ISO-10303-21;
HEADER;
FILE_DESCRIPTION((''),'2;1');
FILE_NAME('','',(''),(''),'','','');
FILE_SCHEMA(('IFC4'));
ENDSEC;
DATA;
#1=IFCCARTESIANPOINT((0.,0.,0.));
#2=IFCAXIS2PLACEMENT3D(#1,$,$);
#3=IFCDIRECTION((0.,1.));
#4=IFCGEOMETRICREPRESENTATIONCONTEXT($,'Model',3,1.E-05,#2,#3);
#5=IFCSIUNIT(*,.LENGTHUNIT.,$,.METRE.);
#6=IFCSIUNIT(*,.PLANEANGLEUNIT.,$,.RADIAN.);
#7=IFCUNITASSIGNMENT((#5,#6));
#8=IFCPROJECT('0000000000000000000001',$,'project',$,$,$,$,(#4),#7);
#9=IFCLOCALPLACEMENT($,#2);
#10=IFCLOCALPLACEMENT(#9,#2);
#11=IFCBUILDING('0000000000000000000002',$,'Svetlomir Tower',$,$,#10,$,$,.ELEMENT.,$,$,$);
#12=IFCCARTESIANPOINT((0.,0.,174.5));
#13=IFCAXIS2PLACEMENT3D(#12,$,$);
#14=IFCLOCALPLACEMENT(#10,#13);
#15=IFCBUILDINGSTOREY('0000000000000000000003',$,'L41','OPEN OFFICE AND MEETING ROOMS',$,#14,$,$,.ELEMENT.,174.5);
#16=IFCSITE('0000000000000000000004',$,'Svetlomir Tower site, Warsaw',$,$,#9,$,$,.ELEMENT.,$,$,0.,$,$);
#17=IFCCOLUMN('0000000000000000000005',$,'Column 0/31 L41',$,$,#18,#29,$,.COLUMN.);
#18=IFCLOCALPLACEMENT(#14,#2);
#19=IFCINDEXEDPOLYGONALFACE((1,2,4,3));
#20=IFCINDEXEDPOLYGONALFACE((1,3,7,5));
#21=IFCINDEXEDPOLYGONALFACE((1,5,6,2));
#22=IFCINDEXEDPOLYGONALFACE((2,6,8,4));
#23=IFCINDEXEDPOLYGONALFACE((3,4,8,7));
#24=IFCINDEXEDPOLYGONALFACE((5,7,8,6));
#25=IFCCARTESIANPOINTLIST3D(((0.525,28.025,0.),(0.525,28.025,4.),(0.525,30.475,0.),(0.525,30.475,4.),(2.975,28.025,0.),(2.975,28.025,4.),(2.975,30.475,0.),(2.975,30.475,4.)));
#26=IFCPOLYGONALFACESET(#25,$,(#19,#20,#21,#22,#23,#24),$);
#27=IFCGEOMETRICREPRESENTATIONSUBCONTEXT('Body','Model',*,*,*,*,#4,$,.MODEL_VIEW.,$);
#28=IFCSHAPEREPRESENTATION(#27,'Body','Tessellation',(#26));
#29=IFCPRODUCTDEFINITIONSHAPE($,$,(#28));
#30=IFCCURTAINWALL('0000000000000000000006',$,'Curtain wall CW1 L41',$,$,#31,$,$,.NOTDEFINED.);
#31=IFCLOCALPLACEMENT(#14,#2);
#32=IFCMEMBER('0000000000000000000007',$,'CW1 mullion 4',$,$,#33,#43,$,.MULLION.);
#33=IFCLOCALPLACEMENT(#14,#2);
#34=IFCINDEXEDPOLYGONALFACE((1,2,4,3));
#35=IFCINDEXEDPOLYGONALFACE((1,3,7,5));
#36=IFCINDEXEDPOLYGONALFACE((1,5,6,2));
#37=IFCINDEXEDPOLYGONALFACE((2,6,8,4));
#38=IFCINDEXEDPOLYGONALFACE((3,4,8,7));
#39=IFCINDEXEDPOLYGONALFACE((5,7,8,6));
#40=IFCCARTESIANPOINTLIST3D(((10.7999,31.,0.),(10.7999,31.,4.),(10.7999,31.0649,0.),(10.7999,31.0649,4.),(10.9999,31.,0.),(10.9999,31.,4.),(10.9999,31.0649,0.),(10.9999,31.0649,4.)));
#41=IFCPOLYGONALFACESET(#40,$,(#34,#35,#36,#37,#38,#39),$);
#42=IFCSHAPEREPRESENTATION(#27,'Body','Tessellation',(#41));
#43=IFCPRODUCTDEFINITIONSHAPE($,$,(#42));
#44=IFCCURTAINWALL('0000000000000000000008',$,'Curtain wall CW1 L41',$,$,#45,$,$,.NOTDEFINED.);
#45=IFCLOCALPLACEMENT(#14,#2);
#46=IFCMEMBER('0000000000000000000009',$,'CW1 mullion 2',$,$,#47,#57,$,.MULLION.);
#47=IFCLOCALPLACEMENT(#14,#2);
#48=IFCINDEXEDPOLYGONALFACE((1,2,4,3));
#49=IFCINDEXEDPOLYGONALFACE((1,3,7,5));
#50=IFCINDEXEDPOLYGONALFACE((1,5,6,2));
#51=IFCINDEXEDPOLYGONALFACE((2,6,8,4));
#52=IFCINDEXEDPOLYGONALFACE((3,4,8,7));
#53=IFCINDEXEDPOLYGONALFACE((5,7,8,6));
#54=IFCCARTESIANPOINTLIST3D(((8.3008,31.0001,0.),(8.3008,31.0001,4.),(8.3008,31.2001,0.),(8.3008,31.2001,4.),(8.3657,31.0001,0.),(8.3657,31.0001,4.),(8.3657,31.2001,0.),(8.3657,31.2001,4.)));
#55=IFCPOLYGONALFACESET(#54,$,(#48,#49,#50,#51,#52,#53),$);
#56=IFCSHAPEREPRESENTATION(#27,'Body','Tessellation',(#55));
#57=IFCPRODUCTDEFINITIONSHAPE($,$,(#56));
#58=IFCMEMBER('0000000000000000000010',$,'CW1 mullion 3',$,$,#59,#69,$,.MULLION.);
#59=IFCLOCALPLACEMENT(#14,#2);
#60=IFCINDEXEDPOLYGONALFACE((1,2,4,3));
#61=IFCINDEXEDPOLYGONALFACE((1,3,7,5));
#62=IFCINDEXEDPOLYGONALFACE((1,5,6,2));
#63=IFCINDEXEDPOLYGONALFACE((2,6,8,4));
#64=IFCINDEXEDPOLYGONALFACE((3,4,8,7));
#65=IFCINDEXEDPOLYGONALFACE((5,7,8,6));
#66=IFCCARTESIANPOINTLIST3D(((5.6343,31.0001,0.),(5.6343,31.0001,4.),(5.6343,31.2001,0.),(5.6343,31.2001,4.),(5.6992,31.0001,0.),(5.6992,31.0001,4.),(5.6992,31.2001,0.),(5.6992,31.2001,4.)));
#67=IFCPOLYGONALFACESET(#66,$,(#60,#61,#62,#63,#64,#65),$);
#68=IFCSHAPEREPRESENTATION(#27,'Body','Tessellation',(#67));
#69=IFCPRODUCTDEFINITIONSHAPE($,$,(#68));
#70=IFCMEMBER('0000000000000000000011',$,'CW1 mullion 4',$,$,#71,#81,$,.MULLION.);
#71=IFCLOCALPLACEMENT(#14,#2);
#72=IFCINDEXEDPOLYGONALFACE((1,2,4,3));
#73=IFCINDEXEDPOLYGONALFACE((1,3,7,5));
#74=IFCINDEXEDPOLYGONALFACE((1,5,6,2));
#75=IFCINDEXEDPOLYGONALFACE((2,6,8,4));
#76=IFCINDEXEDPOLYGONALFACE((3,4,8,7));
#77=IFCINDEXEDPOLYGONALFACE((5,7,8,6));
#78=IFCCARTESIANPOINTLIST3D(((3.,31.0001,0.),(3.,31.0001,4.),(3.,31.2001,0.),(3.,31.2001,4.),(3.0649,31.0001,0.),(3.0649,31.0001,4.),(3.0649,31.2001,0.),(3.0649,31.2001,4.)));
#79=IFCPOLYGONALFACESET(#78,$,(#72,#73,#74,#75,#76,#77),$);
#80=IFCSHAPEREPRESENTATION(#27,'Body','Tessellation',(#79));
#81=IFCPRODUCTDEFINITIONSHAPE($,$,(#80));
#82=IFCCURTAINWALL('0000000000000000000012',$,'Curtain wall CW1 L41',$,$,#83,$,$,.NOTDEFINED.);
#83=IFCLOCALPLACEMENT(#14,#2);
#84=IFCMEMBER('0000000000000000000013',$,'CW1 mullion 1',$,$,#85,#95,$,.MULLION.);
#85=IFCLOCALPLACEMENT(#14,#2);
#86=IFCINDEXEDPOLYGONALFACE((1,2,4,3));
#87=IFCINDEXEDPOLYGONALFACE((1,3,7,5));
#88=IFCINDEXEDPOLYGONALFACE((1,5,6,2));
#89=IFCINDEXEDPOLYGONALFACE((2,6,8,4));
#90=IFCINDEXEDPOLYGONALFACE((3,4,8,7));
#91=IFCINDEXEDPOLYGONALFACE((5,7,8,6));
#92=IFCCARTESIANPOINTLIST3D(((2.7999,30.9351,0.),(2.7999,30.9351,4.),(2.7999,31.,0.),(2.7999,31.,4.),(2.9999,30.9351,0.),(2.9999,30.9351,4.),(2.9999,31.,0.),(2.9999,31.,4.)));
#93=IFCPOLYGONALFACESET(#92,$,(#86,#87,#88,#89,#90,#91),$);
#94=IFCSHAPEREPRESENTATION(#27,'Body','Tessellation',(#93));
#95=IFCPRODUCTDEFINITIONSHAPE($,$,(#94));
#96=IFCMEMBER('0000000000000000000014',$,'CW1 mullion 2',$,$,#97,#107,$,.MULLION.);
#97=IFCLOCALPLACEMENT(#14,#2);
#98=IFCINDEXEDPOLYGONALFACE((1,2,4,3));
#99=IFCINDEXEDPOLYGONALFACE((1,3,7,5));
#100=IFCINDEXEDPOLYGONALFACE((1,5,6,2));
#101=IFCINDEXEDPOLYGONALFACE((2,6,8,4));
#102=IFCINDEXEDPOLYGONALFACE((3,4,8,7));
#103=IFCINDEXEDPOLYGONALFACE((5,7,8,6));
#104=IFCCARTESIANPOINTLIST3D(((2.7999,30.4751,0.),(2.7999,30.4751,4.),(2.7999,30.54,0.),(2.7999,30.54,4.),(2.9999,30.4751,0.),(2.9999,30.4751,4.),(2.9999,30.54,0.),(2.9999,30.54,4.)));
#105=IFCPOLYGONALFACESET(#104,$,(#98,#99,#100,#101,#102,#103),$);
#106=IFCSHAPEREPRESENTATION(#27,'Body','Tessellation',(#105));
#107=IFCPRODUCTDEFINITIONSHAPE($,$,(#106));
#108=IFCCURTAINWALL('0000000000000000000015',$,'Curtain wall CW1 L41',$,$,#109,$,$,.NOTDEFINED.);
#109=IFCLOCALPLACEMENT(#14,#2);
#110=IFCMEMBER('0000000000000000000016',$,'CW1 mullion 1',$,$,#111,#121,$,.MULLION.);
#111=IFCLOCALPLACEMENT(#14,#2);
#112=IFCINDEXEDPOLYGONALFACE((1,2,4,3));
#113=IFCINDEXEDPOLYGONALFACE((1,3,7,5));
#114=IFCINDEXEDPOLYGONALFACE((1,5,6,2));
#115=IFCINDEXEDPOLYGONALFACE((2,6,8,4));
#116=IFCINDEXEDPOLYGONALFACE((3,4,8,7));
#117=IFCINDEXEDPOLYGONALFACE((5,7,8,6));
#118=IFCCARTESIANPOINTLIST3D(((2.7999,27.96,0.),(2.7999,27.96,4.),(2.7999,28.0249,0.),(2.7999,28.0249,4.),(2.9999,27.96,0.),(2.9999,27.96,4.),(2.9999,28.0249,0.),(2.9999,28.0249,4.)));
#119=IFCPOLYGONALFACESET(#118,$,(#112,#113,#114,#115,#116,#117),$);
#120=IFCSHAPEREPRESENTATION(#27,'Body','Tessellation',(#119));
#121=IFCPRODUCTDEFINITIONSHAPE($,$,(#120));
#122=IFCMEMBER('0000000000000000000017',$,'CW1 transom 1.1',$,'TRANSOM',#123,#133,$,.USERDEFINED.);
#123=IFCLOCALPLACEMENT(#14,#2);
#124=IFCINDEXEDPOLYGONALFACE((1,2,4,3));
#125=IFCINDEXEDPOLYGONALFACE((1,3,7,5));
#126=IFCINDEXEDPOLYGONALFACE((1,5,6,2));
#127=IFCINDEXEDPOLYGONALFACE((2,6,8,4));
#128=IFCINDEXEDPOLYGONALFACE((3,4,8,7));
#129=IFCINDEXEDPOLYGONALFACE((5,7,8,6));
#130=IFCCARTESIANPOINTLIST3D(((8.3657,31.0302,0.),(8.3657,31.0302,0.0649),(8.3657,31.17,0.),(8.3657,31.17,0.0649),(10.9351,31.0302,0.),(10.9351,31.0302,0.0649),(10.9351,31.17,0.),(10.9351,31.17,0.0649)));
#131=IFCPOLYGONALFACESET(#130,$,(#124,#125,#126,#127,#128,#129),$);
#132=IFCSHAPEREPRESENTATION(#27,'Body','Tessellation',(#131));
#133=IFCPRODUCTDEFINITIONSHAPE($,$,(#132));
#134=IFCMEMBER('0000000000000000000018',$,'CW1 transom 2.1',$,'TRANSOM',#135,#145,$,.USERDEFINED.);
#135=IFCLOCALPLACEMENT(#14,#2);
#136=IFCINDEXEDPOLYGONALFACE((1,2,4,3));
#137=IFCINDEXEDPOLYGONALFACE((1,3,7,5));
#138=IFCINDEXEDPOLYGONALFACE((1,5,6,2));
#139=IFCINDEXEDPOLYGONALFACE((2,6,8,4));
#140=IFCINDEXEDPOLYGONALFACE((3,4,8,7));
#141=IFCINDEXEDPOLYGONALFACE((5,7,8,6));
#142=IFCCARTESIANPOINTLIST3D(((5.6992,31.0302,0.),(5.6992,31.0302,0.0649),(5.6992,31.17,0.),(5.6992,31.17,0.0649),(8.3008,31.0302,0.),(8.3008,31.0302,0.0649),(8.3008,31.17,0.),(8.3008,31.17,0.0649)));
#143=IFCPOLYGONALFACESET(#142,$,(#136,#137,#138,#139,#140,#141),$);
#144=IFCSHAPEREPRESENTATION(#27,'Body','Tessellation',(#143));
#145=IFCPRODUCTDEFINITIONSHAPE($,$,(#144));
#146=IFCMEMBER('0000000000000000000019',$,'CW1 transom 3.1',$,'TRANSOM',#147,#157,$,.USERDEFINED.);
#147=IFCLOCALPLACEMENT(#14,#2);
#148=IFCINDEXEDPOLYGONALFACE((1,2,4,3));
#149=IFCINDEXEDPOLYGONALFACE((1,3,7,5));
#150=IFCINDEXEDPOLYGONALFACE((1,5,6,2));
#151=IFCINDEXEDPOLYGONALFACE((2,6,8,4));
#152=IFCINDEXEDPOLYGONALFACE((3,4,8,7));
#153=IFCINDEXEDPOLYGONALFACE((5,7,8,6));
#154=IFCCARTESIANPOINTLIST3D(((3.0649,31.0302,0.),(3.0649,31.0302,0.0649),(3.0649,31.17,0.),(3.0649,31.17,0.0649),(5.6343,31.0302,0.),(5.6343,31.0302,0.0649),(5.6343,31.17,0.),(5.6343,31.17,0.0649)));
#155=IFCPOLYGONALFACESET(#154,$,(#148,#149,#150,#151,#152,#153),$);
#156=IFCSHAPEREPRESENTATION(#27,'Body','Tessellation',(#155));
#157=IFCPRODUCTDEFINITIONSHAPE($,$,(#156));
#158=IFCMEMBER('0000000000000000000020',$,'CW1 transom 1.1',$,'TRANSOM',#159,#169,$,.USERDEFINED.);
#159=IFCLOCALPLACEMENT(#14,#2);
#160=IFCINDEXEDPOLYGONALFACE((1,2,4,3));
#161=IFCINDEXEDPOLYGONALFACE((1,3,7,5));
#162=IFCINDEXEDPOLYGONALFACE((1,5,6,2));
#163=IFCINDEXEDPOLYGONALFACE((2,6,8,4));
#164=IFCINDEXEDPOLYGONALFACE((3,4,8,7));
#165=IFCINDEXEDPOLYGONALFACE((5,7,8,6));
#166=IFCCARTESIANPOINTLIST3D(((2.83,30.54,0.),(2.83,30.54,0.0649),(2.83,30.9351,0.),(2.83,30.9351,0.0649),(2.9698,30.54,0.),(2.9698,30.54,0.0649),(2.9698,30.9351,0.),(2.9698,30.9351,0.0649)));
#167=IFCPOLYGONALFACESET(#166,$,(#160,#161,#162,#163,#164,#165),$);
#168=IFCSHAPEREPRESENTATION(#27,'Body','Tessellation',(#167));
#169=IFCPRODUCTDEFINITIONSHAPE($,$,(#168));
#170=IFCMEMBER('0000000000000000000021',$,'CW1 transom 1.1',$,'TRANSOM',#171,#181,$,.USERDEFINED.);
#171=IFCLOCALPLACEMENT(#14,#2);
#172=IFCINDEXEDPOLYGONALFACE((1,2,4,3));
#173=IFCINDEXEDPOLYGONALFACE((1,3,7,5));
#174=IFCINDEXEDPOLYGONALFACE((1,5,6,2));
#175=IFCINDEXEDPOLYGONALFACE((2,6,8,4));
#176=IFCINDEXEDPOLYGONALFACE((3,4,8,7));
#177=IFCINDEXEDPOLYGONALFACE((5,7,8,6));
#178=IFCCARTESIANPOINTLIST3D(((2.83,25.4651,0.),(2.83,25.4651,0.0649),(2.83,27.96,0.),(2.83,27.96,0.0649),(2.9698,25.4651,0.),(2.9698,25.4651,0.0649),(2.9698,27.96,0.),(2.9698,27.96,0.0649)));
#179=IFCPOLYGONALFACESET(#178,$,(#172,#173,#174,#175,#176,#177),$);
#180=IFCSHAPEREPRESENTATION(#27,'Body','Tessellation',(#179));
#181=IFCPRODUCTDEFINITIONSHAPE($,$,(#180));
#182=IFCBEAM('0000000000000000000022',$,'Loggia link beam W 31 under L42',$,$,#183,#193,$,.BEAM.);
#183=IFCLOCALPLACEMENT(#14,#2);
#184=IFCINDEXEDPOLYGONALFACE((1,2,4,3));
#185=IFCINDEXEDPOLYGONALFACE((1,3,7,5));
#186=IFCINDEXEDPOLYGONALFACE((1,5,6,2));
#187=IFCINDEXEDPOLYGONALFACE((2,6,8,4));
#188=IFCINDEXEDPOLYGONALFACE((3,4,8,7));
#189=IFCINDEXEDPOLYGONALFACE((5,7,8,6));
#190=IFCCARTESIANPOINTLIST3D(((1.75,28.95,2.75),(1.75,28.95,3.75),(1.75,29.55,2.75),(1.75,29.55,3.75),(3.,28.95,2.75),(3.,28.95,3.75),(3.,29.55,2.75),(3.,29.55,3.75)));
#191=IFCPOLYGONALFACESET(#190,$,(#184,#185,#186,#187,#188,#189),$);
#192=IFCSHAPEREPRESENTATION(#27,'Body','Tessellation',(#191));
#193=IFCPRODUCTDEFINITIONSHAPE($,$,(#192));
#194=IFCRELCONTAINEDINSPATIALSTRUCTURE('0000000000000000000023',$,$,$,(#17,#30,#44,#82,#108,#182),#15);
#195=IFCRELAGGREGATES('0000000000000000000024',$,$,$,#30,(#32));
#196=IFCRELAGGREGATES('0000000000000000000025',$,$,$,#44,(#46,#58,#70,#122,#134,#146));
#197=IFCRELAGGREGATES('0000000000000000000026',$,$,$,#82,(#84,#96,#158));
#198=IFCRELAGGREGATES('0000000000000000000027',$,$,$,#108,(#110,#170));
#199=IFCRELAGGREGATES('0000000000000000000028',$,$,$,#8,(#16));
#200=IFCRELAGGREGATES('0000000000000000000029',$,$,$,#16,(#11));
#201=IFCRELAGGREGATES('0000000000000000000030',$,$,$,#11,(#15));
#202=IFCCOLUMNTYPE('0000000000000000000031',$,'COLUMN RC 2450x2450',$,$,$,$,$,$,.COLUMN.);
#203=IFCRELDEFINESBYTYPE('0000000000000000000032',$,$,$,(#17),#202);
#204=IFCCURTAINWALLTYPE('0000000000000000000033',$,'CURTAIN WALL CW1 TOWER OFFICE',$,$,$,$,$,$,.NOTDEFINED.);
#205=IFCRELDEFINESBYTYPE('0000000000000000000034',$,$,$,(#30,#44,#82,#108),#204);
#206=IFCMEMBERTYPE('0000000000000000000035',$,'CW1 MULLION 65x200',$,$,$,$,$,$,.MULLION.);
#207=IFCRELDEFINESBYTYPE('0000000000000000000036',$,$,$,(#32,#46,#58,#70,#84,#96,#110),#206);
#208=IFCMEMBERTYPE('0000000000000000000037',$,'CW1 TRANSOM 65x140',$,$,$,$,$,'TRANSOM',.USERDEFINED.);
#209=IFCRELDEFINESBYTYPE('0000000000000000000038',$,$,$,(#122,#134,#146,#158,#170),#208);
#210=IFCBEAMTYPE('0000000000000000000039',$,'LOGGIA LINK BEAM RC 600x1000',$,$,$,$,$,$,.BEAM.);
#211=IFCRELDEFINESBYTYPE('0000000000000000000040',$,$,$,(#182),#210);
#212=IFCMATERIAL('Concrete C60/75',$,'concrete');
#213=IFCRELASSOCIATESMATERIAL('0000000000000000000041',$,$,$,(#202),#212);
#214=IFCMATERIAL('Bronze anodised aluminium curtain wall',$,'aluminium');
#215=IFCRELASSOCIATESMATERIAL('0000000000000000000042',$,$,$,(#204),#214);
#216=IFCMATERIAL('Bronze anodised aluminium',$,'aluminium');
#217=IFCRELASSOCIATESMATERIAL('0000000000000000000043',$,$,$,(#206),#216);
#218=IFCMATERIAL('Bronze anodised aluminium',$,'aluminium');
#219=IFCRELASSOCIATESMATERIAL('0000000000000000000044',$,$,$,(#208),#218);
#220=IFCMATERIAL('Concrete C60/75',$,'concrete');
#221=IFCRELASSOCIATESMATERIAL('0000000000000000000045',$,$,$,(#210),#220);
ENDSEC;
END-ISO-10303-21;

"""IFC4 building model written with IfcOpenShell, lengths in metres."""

from ifc_helpers import new_model, si_unit, direction, frame, origin, origin_2d, place, context, subcontext, project, spatial, rectangle, extrude, material, material_profile, profile_set, type_object, element, aggregate, save


model = new_model("IFC4")

# Units and contexts
model_context = context("Model", 3, precision=1e-05, world=origin(), true_north=direction((0.0, 1.0)))
body_context = subcontext(model_context, "Body", "Model", "MODEL_VIEW")
ifc_project = project(units=[si_unit("LENGTHUNIT", "METRE"), si_unit("PLANEANGLEUNIT", "RADIAN")], contexts=[model_context])

# Site, building, storey
site_placement = place(None, origin())
site = spatial("IfcSite", under=ifc_project, at=site_placement, Name="Svetlomir Tower site, Warsaw", CompositionType="ELEMENT", RefElevation=0.0)
building_placement = place(site_placement, origin())
building = spatial("IfcBuilding", under=site, at=building_placement, Name="Svetlomir Tower", CompositionType="ELEMENT")
storey_placement = place(building_placement, frame((0.0, 0.0, 174.5)))
storey = spatial("IfcBuildingStorey", under=building, at=storey_placement, Name="L41", Description="OPEN OFFICE AND MEETING ROOMS", CompositionType="ELEMENT", Elevation=174.5)

# Column
ifc_material_1 = material(Name="Concrete C60/75", Category="concrete")
ifc_material_profile_1 = material_profile(ifc_material_1, rectangle(XDim=2.45, YDim=2.45, at=origin_2d()), Name="RC 2450x2450")
ifc_profile_set_1 = profile_set([ifc_material_profile_1], Name="Concrete C60/75")
column_type = type_object("IfcColumnType", Name="COLUMN RC 2450x2450", PredefinedType="COLUMN", material=ifc_profile_set_1)
column_placement = place(storey_placement, frame((1.75, 29.25, 0.0), z_axis=(0.0, 0.0, 1.0), x_axis=(1.0, 0.0, 0.0)))
element("IfcColumn", 1, at=column_placement, inside=storey, type_object=column_type, Name="Column 0/31 L41", PredefinedType="COLUMN", context=body_context, shape_type="SweptSolid", body=[
    extrude(rectangle(XDim=2.45, YDim=2.45, at=origin_2d()), origin(), (0.0, 0.0, 1.0), 4.0),
])

# Curtain wall, member
ifc_material_2 = material(Name="Bronze anodised aluminium curtain wall", Category="aluminium")
curtain_wall_type = type_object("IfcCurtainWallType", Name="CURTAIN WALL CW1 TOWER OFFICE", PredefinedType="NOTDEFINED", material=ifc_material_2)
curtain_wall_1_placement = place(storey_placement, origin())
curtain_wall_1 = element("IfcCurtainWall", 2, at=curtain_wall_1_placement, inside=storey, type_object=curtain_wall_type, Name="Curtain wall CW1 L41", PredefinedType="NOTDEFINED")
ifc_material_3 = material(Name="Bronze anodised aluminium", Category="aluminium")
ifc_material_profile_2 = material_profile(ifc_material_3, rectangle(XDim=0.0649, YDim=0.2, at=origin_2d()), Name="AL 65x200")
ifc_profile_set_2 = profile_set([ifc_material_profile_2], Name="Bronze anodised aluminium 6063-T6")
member_type_1 = type_object("IfcMemberType", Name="CW1 MULLION 65x200", PredefinedType="MULLION", material=ifc_profile_set_2)
member_1_placement = place(storey_placement, frame((10.8999, 31.0325, 0.0), z_axis=(0.0, 0.0, 1.0), x_axis=(0.0, -1.0, 0.0)))
member_1 = element("IfcMember", 3, at=member_1_placement, type_object=member_type_1, Name="CW1 mullion 4", PredefinedType="MULLION", context=body_context, shape_type="SweptSolid", body=[
    extrude(rectangle(XDim=0.0649, YDim=0.2, at=origin_2d()), origin(), (0.0, 0.0, 1.0), 4.0),
])
aggregate(curtain_wall_1, [member_1])

# Curtain walls, members
curtain_wall_2_placement = place(storey_placement, origin())
curtain_wall_2 = element("IfcCurtainWall", 4, at=curtain_wall_2_placement, inside=storey, type_object=curtain_wall_type, Name="Curtain wall CW1 L41", PredefinedType="NOTDEFINED")
member_2_placement = place(storey_placement, frame((8.3333, 31.1001, 0.0), z_axis=(0.0, 0.0, 1.0), x_axis=(-1.0, 0.0, 0.0)))
member_2 = element("IfcMember", 5, at=member_2_placement, type_object=member_type_1, Name="CW1 mullion 2", PredefinedType="MULLION", context=body_context, shape_type="SweptSolid", body=[
    extrude(rectangle(XDim=0.0649, YDim=0.2, at=origin_2d()), origin(), (0.0, 0.0, 1.0), 4.0),
])
member_3_placement = place(storey_placement, frame((5.6667, 31.1001, 0.0), z_axis=(0.0, 0.0, 1.0), x_axis=(-1.0, 0.0, 0.0)))
member_3 = element("IfcMember", 6, at=member_3_placement, type_object=member_type_1, Name="CW1 mullion 3", PredefinedType="MULLION", context=body_context, shape_type="SweptSolid", body=[
    extrude(rectangle(XDim=0.0649, YDim=0.2, at=origin_2d()), origin(), (0.0, 0.0, 1.0), 4.0),
])
member_4_placement = place(storey_placement, frame((3.0325, 31.1001, 0.0), z_axis=(0.0, 0.0, 1.0), x_axis=(-1.0, 0.0, 0.0)))
member_4 = element("IfcMember", 7, at=member_4_placement, type_object=member_type_1, Name="CW1 mullion 4", PredefinedType="MULLION", context=body_context, shape_type="SweptSolid", body=[
    extrude(rectangle(XDim=0.0649, YDim=0.2, at=origin_2d()), origin(), (0.0, 0.0, 1.0), 4.0),
])
curtain_wall_3_placement = place(storey_placement, origin())
curtain_wall_3 = element("IfcCurtainWall", 8, at=curtain_wall_3_placement, inside=storey, type_object=curtain_wall_type, Name="Curtain wall CW1 L41", PredefinedType="NOTDEFINED")
member_5_placement = place(storey_placement, frame((2.8999, 30.9675, 0.0), z_axis=(0.0, 0.0, 1.0), x_axis=(0.0, -1.0, 0.0)))
member_5 = element("IfcMember", 9, at=member_5_placement, type_object=member_type_1, Name="CW1 mullion 1", PredefinedType="MULLION", context=body_context, shape_type="SweptSolid", body=[
    extrude(rectangle(XDim=0.0649, YDim=0.2, at=origin_2d()), origin(), (0.0, 0.0, 1.0), 4.0),
])
member_6_placement = place(storey_placement, frame((2.8999, 30.5076, 0.0), z_axis=(0.0, 0.0, 1.0), x_axis=(0.0, -1.0, 0.0)))
member_6 = element("IfcMember", 10, at=member_6_placement, type_object=member_type_1, Name="CW1 mullion 2", PredefinedType="MULLION", context=body_context, shape_type="SweptSolid", body=[
    extrude(rectangle(XDim=0.0649, YDim=0.2, at=origin_2d()), origin(), (0.0, 0.0, 1.0), 4.0),
])

# Curtain wall, member
curtain_wall_4_placement = place(storey_placement, origin())
curtain_wall_4 = element("IfcCurtainWall", 11, at=curtain_wall_4_placement, inside=storey, type_object=curtain_wall_type, Name="Curtain wall CW1 L41", PredefinedType="NOTDEFINED")
member_7_placement = place(storey_placement, frame((2.8999, 27.9924, 0.0), z_axis=(0.0, 0.0, 1.0), x_axis=(0.0, -1.0, 0.0)))
member_7 = element("IfcMember", 12, at=member_7_placement, type_object=member_type_1, Name="CW1 mullion 1", PredefinedType="MULLION", context=body_context, shape_type="SweptSolid", body=[
    extrude(rectangle(XDim=0.0649, YDim=0.2, at=origin_2d()), origin(), (0.0, 0.0, 1.0), 4.0),
])

# Members
ifc_material_4 = material(Name="Bronze anodised aluminium", Category="aluminium")
ifc_material_profile_3 = material_profile(ifc_material_4, rectangle(XDim=0.1399, YDim=0.0649, at=origin_2d()), Name="AL 140x65")
ifc_profile_set_3 = profile_set([ifc_material_profile_3], Name="Bronze anodised aluminium 6063-T6")
member_type_2 = type_object("IfcMemberType", Name="CW1 TRANSOM 65x140", ElementType="TRANSOM", PredefinedType="USERDEFINED", material=ifc_profile_set_3)
member_8_placement = place(storey_placement, frame((10.9351, 31.1001, 0.0325), z_axis=(-1.0, 0.0, 0.0), x_axis=(0.0, -1.0, 0.0)))
member_8 = element("IfcMember", 13, at=member_8_placement, type_object=member_type_2, Name="CW1 transom 1.1", ObjectType="TRANSOM", PredefinedType="USERDEFINED", context=body_context, shape_type="SweptSolid", body=[
    extrude(rectangle(XDim=0.1399, YDim=0.0649, at=origin_2d()), origin(), (0.0, 0.0, 1.0), 2.5693),
])
member_9_placement = place(storey_placement, frame((8.3008, 31.1001, 0.0325), z_axis=(-1.0, 0.0, 0.0), x_axis=(0.0, -1.0, 0.0)))
member_9 = element("IfcMember", 14, at=member_9_placement, type_object=member_type_2, Name="CW1 transom 2.1", ObjectType="TRANSOM", PredefinedType="USERDEFINED", context=body_context, shape_type="SweptSolid", body=[
    extrude(rectangle(XDim=0.1399, YDim=0.0649, at=origin_2d()), origin(), (0.0, 0.0, 1.0), 2.6016),
])
member_10_placement = place(storey_placement, frame((5.6343, 31.1001, 0.0325), z_axis=(-1.0, 0.0, 0.0), x_axis=(0.0, -1.0, 0.0)))
member_10 = element("IfcMember", 15, at=member_10_placement, type_object=member_type_2, Name="CW1 transom 3.1", ObjectType="TRANSOM", PredefinedType="USERDEFINED", context=body_context, shape_type="SweptSolid", body=[
    extrude(rectangle(XDim=0.1399, YDim=0.0649, at=origin_2d()), origin(), (0.0, 0.0, 1.0), 2.5693),
])
member_11_placement = place(storey_placement, frame((2.8999, 30.9351, 0.0325), z_axis=(0.0, -1.0, 0.0), x_axis=(1.0, 0.0, 0.0)))
member_11 = element("IfcMember", 16, at=member_11_placement, type_object=member_type_2, Name="CW1 transom 1.1", ObjectType="TRANSOM", PredefinedType="USERDEFINED", context=body_context, shape_type="SweptSolid", body=[
    extrude(rectangle(XDim=0.1399, YDim=0.0649, at=origin_2d()), origin(), (0.0, 0.0, 1.0), 0.395),
])
member_12_placement = place(storey_placement, frame((2.8999, 27.96, 0.0325), z_axis=(0.0, -1.0, 0.0), x_axis=(1.0, 0.0, 0.0)))
member_12 = element("IfcMember", 17, at=member_12_placement, type_object=member_type_2, Name="CW1 transom 1.1", ObjectType="TRANSOM", PredefinedType="USERDEFINED", context=body_context, shape_type="SweptSolid", body=[
    extrude(rectangle(XDim=0.1399, YDim=0.0649, at=origin_2d()), origin(), (0.0, 0.0, 1.0), 2.4949),
])

# Beam
ifc_material_5 = material(Name="Concrete C60/75", Category="concrete")
ifc_material_profile_4 = material_profile(ifc_material_5, rectangle(XDim=0.6001, YDim=1.0, at=origin_2d()), Name="RC 600x1000")
ifc_profile_set_4 = profile_set([ifc_material_profile_4], Name="Concrete C60/75")
beam_type = type_object("IfcBeamType", Name="LOGGIA LINK BEAM RC 600x1000", PredefinedType="BEAM", material=ifc_profile_set_4)
beam_placement = place(storey_placement, frame((1.75, 29.25, 3.25), z_axis=(1.0, 0.0, 0.0), x_axis=(0.0, 1.0, 0.0)))
element("IfcBeam", 18, at=beam_placement, inside=storey, type_object=beam_type, Name="Loggia link beam W 31 under L42", PredefinedType="BEAM", context=body_context, shape_type="SweptSolid", body=[
    extrude(rectangle(XDim=0.6001, YDim=1.0, at=origin_2d()), origin(), (0.0, 0.0, 1.0), 1.25),
])

aggregate(curtain_wall_2, [member_2, member_3, member_4, member_8, member_9, member_10])
aggregate(curtain_wall_3, [member_5, member_6, member_11])
aggregate(curtain_wall_4, [member_7, member_12])

save(model, "model.ifc")
